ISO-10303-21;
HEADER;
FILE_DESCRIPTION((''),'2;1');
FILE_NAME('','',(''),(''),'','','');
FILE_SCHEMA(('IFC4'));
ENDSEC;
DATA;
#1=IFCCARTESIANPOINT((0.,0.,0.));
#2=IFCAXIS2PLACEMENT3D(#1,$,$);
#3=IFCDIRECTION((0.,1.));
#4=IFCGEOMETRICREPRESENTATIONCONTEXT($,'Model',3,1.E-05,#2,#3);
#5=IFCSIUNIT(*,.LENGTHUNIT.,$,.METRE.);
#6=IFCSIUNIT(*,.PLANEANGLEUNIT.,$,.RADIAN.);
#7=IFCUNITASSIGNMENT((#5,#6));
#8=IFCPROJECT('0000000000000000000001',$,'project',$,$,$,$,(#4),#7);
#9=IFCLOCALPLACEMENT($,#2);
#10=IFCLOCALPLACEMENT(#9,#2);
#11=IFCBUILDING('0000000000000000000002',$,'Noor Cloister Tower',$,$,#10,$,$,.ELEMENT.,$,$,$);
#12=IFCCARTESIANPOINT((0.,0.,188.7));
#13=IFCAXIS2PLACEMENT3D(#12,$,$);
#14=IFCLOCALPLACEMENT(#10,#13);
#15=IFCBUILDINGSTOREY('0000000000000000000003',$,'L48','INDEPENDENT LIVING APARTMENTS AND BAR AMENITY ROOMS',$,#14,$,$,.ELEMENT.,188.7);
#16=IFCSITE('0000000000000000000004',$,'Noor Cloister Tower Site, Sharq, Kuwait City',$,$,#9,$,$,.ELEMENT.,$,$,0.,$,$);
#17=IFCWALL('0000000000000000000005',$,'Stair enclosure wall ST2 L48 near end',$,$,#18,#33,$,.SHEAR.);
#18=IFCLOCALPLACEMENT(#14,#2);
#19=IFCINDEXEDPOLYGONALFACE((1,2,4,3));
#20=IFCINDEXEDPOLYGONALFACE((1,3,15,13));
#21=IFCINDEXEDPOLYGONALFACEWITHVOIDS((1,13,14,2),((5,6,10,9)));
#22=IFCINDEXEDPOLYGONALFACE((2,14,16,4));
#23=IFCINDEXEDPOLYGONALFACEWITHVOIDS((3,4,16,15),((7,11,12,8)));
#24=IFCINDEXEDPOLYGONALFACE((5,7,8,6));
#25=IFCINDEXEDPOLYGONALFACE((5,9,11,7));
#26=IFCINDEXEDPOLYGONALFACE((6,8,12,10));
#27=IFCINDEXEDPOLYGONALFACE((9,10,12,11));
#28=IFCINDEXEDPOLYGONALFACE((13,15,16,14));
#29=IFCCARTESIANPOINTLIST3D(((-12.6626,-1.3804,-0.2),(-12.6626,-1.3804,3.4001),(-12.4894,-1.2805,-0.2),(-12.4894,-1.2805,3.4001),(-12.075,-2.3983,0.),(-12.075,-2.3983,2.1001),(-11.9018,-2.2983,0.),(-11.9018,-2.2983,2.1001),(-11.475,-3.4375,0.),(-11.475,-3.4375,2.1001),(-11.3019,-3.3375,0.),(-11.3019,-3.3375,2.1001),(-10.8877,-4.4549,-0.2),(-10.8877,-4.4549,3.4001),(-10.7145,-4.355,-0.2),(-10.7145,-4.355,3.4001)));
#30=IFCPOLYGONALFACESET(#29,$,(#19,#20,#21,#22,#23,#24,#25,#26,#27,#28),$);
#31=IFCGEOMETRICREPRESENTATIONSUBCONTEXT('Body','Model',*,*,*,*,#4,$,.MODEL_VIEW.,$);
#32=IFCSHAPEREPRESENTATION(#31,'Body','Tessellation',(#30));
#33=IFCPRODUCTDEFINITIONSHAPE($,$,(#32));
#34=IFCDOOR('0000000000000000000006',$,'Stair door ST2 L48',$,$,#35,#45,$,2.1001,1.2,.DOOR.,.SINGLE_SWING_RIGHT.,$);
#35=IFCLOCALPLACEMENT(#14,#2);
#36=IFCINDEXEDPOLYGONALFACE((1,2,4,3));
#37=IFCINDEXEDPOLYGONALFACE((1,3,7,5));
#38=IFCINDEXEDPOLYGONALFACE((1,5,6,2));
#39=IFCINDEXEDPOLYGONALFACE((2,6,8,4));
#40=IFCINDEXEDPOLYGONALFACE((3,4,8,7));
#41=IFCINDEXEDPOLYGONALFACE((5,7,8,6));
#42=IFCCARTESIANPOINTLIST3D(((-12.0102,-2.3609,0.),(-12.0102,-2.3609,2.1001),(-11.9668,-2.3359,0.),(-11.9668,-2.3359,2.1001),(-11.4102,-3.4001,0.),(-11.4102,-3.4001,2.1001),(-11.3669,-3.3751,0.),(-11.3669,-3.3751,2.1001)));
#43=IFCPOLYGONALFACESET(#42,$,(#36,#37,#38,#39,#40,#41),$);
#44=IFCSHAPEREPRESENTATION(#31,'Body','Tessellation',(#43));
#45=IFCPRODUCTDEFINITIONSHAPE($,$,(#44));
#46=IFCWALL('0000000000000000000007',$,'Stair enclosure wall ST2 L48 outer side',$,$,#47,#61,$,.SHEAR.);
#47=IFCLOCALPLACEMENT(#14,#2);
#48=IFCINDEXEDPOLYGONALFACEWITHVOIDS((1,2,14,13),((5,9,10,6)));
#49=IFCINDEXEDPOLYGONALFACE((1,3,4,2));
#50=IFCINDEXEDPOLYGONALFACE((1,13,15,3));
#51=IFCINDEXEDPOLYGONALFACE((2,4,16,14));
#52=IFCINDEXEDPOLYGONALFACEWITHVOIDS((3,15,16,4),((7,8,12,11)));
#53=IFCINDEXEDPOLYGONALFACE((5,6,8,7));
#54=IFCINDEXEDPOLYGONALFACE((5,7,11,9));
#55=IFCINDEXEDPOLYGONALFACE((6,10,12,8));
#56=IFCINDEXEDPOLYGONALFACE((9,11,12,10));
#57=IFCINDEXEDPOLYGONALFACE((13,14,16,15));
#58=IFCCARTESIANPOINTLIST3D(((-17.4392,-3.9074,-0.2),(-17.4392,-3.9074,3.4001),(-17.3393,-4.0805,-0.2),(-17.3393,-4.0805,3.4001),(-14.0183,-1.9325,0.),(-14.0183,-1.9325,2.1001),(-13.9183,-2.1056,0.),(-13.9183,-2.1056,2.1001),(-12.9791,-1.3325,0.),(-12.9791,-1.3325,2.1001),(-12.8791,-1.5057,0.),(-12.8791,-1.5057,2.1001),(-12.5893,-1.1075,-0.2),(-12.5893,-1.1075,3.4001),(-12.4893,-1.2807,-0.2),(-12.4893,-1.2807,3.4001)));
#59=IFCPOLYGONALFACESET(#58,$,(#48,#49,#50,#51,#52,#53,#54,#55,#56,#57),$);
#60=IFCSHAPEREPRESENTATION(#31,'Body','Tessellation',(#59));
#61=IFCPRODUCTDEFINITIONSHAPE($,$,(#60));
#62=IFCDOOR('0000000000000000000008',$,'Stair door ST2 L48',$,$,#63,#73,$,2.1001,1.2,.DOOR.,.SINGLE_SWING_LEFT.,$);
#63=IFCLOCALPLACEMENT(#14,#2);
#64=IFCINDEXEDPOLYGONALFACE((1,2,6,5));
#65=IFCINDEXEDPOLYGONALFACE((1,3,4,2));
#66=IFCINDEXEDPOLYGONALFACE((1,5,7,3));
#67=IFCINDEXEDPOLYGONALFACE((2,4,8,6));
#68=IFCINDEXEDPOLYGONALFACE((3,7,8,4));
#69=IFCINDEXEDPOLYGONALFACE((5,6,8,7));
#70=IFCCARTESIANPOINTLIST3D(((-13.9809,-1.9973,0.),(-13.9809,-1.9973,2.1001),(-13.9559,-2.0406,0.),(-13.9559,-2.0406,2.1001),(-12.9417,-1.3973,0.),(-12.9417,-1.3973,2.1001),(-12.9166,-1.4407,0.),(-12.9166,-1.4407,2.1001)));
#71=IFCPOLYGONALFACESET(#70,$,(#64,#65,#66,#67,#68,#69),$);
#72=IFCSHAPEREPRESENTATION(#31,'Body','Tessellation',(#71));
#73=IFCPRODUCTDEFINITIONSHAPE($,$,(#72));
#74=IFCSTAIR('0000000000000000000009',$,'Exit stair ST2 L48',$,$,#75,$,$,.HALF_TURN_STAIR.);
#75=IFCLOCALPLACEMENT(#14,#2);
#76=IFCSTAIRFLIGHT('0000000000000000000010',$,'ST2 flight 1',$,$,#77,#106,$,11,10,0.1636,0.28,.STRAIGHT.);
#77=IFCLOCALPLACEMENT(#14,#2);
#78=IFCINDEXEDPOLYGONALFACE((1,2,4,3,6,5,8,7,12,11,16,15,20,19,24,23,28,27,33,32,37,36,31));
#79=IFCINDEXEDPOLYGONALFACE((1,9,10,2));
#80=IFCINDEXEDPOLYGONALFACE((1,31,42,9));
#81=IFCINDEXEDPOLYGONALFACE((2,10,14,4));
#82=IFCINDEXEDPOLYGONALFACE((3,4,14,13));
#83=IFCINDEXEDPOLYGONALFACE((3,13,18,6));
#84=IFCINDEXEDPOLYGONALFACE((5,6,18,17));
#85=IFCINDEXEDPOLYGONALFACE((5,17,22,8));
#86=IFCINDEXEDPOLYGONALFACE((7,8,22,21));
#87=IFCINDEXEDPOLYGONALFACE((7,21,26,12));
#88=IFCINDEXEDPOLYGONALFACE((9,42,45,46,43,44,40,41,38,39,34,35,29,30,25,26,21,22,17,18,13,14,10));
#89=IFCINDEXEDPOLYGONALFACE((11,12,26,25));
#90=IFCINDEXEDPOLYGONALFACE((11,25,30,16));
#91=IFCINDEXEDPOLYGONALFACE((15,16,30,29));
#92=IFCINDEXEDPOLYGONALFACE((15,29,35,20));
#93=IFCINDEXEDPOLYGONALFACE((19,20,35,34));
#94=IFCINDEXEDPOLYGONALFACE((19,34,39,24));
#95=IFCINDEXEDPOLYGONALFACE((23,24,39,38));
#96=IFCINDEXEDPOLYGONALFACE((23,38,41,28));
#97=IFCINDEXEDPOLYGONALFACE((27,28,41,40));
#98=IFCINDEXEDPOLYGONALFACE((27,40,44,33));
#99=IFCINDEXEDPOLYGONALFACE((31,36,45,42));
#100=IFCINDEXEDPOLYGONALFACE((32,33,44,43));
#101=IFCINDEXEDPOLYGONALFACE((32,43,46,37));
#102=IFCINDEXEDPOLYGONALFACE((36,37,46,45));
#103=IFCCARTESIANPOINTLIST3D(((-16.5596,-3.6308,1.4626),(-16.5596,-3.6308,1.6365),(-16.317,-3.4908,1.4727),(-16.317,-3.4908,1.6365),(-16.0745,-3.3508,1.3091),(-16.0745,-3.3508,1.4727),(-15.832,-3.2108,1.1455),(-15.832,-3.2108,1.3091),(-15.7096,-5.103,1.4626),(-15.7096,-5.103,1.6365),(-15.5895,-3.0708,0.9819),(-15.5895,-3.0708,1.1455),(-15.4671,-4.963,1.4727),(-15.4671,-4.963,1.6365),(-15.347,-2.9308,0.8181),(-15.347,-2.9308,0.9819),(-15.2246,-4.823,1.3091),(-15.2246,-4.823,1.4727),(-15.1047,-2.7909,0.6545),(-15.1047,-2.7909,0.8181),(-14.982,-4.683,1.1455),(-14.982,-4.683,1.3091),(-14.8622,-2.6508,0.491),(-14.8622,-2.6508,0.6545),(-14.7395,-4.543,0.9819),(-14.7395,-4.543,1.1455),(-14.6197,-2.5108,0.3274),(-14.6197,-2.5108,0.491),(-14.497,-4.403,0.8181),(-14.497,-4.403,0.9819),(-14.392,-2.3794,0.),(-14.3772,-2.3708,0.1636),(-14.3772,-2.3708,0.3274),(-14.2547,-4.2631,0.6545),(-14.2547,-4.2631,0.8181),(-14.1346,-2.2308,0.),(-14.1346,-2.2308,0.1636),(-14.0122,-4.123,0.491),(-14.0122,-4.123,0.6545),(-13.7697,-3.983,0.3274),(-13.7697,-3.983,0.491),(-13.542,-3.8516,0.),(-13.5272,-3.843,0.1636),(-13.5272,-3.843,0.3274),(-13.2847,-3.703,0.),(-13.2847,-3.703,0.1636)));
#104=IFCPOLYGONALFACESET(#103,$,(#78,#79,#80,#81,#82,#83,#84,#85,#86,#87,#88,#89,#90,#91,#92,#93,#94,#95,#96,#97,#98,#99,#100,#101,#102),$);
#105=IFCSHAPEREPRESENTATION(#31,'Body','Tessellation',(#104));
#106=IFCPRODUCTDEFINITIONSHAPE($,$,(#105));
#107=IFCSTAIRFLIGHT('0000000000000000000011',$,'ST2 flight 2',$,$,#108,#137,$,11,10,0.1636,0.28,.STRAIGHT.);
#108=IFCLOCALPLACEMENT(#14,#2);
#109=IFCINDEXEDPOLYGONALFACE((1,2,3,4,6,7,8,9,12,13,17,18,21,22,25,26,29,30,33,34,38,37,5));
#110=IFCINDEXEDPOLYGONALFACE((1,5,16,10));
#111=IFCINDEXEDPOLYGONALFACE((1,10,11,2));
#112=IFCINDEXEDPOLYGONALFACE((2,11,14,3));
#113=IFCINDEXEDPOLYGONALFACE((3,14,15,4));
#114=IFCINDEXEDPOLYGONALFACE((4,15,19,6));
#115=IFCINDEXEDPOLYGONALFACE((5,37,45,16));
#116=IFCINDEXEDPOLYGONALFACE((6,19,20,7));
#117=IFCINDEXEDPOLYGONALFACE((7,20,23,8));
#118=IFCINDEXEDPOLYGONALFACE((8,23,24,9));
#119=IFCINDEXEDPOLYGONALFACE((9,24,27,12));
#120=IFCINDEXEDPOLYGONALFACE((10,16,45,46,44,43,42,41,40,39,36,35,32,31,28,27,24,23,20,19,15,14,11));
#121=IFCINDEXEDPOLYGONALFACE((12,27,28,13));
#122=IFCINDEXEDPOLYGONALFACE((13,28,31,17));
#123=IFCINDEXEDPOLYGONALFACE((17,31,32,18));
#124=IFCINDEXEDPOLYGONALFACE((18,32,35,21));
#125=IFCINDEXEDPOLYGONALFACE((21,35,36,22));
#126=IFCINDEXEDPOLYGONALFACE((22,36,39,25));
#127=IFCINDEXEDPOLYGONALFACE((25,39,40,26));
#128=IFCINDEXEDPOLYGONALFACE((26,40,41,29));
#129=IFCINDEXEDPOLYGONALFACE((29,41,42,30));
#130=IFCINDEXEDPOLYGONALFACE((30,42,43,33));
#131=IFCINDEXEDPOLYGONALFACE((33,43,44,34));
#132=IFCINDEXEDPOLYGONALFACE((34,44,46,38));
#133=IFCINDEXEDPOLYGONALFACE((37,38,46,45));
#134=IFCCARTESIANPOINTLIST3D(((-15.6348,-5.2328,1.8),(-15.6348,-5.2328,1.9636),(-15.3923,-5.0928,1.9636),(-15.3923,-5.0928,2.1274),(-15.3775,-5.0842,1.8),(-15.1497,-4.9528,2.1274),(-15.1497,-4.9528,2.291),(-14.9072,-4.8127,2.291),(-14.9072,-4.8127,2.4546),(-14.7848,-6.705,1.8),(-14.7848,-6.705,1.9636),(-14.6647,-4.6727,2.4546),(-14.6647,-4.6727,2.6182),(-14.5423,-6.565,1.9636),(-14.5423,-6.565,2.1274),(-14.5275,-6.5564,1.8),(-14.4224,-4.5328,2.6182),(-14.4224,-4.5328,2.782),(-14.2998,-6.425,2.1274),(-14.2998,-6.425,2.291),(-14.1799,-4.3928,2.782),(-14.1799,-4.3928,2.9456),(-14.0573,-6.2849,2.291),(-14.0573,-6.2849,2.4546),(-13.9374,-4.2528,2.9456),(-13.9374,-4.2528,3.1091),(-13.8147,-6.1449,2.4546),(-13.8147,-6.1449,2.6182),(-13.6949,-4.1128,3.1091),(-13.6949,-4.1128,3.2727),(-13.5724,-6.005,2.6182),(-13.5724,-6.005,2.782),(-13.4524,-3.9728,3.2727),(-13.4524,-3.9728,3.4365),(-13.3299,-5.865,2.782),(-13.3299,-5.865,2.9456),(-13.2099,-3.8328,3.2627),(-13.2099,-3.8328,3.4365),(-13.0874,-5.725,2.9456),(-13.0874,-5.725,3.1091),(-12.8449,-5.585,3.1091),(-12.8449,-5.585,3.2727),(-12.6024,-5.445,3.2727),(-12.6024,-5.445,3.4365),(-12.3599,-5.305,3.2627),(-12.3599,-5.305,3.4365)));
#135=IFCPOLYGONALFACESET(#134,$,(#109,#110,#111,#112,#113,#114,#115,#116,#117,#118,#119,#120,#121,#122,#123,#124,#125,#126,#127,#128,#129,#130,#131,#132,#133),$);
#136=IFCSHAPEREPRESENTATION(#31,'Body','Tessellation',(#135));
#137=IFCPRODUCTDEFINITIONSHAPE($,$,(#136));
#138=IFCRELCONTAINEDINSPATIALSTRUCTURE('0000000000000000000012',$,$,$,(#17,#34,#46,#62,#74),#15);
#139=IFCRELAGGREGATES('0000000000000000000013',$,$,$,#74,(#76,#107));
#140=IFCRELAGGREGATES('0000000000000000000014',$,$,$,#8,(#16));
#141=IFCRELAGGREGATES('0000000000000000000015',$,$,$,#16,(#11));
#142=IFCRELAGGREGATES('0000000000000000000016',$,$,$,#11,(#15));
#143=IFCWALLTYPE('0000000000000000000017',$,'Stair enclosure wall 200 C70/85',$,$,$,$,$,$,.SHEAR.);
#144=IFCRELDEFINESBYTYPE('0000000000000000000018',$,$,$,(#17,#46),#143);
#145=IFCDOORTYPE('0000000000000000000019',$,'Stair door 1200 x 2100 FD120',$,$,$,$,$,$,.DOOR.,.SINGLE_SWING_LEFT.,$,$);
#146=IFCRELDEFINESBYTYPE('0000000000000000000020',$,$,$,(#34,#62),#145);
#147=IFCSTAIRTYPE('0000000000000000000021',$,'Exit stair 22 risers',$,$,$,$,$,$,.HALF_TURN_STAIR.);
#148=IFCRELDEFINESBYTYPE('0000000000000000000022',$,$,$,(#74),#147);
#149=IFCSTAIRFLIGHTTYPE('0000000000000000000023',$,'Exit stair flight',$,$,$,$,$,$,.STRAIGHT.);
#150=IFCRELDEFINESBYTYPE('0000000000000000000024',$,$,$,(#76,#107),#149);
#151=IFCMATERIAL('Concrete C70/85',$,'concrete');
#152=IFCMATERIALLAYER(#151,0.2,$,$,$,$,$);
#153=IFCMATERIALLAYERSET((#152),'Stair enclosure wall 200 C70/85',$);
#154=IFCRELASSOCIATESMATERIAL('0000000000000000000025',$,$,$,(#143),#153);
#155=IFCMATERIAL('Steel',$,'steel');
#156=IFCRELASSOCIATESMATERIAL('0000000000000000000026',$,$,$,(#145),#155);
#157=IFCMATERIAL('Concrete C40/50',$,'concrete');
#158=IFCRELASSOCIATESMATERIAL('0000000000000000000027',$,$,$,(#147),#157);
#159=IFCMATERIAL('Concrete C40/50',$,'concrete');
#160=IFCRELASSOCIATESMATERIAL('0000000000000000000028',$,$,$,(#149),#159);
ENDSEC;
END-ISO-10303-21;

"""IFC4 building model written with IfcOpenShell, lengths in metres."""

from ifc_helpers import new_model, si_unit, direction, frame, frame_2d, origin, place, context, subcontext, project, spatial, polyline, rectangle, outline, extrude, material, layer, layer_set, type_object, element, fill, aggregate, save


model = new_model("IFC4")

# Units and contexts
model_context = context("Model", 3, precision=1e-05, world=origin(), true_north=direction((0.0, 1.0)))
body_context = subcontext(model_context, "Body", "Model", "MODEL_VIEW")
ifc_project = project(units=[si_unit("LENGTHUNIT", "METRE"), si_unit("PLANEANGLEUNIT", "RADIAN")], contexts=[model_context])

# Site, building, storey
site_placement = place(None, origin())
site = spatial("IfcSite", under=ifc_project, at=site_placement, Name="Noor Cloister Tower Site, Sharq, Kuwait City", CompositionType="ELEMENT", RefElevation=0.0)
building_placement = place(site_placement, origin())
building = spatial("IfcBuilding", under=site, at=building_placement, Name="Noor Cloister Tower", CompositionType="ELEMENT")
storey_placement = place(building_placement, frame((0.0, 0.0, 188.7)))
storey = spatial("IfcBuildingStorey", under=building, at=storey_placement, Name="L48", Description="INDEPENDENT LIVING APARTMENTS AND BAR AMENITY ROOMS", CompositionType="ELEMENT", Elevation=188.7)

# Walls, openings, doors
ifc_material_1 = material(Name="Concrete C70/85", Category="concrete")
ifc_layer_1 = layer(ifc_material_1, 0.2)
ifc_layer_set_1 = layer_set([ifc_layer_1], Name="Stair enclosure wall 200 C70/85")
wall_type_1 = type_object("IfcWallType", Name="Stair enclosure wall 200 C70/85", PredefinedType="SHEAR", material=ifc_layer_set_1)
wall_1_placement = place(storey_placement, frame((-12.5759, -1.3306, -0.2), z_axis=(0.0, 0.0, 1.0), x_axis=(0.49997, -0.866042, 0.0)))
wall_1 = element("IfcWall", 1, at=wall_1_placement, inside=storey, type_object=wall_type_1, Name="Stair enclosure wall ST2 L48 near end", PredefinedType="SHEAR", context=body_context, shape_type="SweptSolid", body=[
    extrude(rectangle(XDim=3.55, YDim=0.2, at=frame_2d((1.7749, 0.0))), origin(), (0.0, 0.0, 1.0), 3.6001),
])
opening_1_placement = place(wall_1_placement, frame((1.175, 0.0, 0.2)))
opening_1 = element("IfcOpeningElement", 2, at=opening_1_placement, cuts=wall_1, PredefinedType="OPENING", context=body_context, shape_type="SweptSolid", body=[
    extrude(rectangle(XDim=1.2, YDim=2.1001, at=frame_2d((0.6001, 1.05))), frame((0.0, 0.1099, 0.0), z_axis=(0.0, -1.0, 0.0), x_axis=(1.0, 0.0, 0.0)), (0.0, 0.0, 1.0), 0.22),
])
ifc_material_2 = material(Name="Steel", Category="steel")
door_type_1 = type_object("IfcDoorType", Name="Stair door 1200 x 2100 FD120", OperationType="SINGLE_SWING_LEFT", PredefinedType="DOOR", material=ifc_material_2)
door_1_placement = place(opening_1_placement, origin())
door_1 = element("IfcDoor", 3, at=door_1_placement, inside=storey, type_object=door_type_1, Name="Stair door ST2 L48", OperationType="SINGLE_SWING_RIGHT", OverallHeight=2.1001, OverallWidth=1.2, PredefinedType="DOOR", context=body_context, shape_type="SweptSolid", body=[
    extrude(rectangle(XDim=1.2, YDim=2.1001, at=frame_2d((0.6001, 1.05))), frame((0.0, 0.0249, 0.0), z_axis=(0.0, -1.0, 0.0), x_axis=(1.0, 0.0, 0.0)), (0.0, 0.0, 1.0), 0.05),
])
fill(opening_1, door_1)
wall_2_placement = place(storey_placement, frame((-12.5393, -1.1941, -0.2), z_axis=(0.0, 0.0, 1.0), x_axis=(-0.866045, -0.499965, 0.0)))
wall_2 = element("IfcWall", 4, at=wall_2_placement, inside=storey, type_object=wall_type_1, Name="Stair enclosure wall ST2 L48 outer side", PredefinedType="SHEAR", context=body_context, shape_type="SweptSolid", body=[
    extrude(rectangle(XDim=5.6001, YDim=0.2, at=frame_2d((2.8, 0.0))), origin(), (0.0, 0.0, 1.0), 3.6001),
])
opening_2_placement = place(wall_2_placement, frame((0.45, 0.0, 0.2)))
opening_2 = element("IfcOpeningElement", 5, at=opening_2_placement, cuts=wall_2, PredefinedType="OPENING", context=body_context, shape_type="SweptSolid", body=[
    extrude(rectangle(XDim=1.2, YDim=2.1001, at=frame_2d((0.6001, 1.05))), frame((0.0, 0.1099, 0.0), z_axis=(0.0, -1.0, 0.0), x_axis=(1.0, 0.0, 0.0)), (0.0, 0.0, 1.0), 0.22),
])
door_2_placement = place(opening_2_placement, origin())
door_2 = element("IfcDoor", 6, at=door_2_placement, inside=storey, type_object=door_type_1, Name="Stair door ST2 L48", OperationType="SINGLE_SWING_LEFT", OverallHeight=2.1001, OverallWidth=1.2, PredefinedType="DOOR", context=body_context, shape_type="SweptSolid", body=[
    extrude(rectangle(XDim=1.2, YDim=2.1001, at=frame_2d((0.6001, 1.05))), frame((0.0, 0.0249, 0.0), z_axis=(0.0, -1.0, 0.0), x_axis=(1.0, 0.0, 0.0)), (0.0, 0.0, 1.0), 0.05),
])
fill(opening_2, door_2)

# Stair, stair flights
ifc_material_3 = material(Name="Concrete C40/50", Category="concrete")
stair_type = type_object("IfcStairType", Name="Exit stair 22 risers", PredefinedType="HALF_TURN_STAIR", material=ifc_material_3)
stair_placement = place(storey_placement, origin())
stair = element("IfcStair", 7, at=stair_placement, inside=storey, type_object=stair_type, Name="Exit stair ST2 L48", PredefinedType="HALF_TURN_STAIR")
ifc_material_4 = material(Name="Concrete C40/50", Category="concrete")
stair_flight_type = type_object("IfcStairFlightType", Name="Exit stair flight", PredefinedType="STRAIGHT", material=ifc_material_4)
stair_flight_1_placement = place(storey_placement, frame((-13.7097, -2.9668, 0.0), z_axis=(0.0, 0.0, 1.0), x_axis=(-0.866025, -0.5, 0.0)))
stair_flight_1 = element("IfcStairFlight", 8, at=stair_flight_1_placement, type_object=stair_flight_type, Name="ST2 flight 1", NumberOfRisers=11, NumberOfTreads=10, PredefinedType="STRAIGHT", RiserHeight=0.1636, TreadLength=0.28, context=body_context, shape_type="SweptSolid", body=[
    extrude(outline(polyline([(0.0, 0.0), (0.0, 0.1636), (0.28, 0.1636), (0.28, 0.3274), (0.5601, 0.3274), (0.5601, 0.491), (0.8401, 0.491), (0.8401, 0.6545), (1.1201, 0.6545), (1.1201, 0.8181), (1.3999, 0.8181), (1.3999, 0.9819), (1.6799, 0.9819), (1.6799, 1.1455), (1.96, 1.1455), (1.96, 1.3091), (2.24, 1.3091), (2.24, 1.4727), (2.52, 1.4727), (2.52, 1.6365), (2.8, 1.6365), (2.8, 1.8), (2.8, 1.4626), (0.2971, 0.0), (0.0, 0.0)])), frame((0.0, 0.8501, 0.0), z_axis=(0.0, -1.0, 0.0), x_axis=(1.0, 0.0, 0.0)), (0.0, 0.0, 1.0), 1.7),
])
stair_flight_2_placement = place(storey_placement, frame((-15.2097, -5.969, 1.8), z_axis=(0.0, 0.0, 1.0), x_axis=(0.866025, 0.5, 0.0)))
stair_flight_2 = element("IfcStairFlight", 9, at=stair_flight_2_placement, type_object=stair_flight_type, Name="ST2 flight 2", NumberOfRisers=11, NumberOfTreads=10, PredefinedType="STRAIGHT", RiserHeight=0.1636, TreadLength=0.28, context=body_context, shape_type="SweptSolid", body=[
    extrude(outline(polyline([(0.0, 0.0), (0.0, 0.1636), (0.28, 0.1636), (0.28, 0.3274), (0.5601, 0.3274), (0.5601, 0.491), (0.8401, 0.491), (0.8401, 0.6545), (1.1201, 0.6545), (1.1201, 0.8181), (1.3999, 0.8181), (1.3999, 0.9819), (1.6799, 0.9819), (1.6799, 1.1455), (1.96, 1.1455), (1.96, 1.3091), (2.24, 1.3091), (2.24, 1.4727), (2.52, 1.4727), (2.52, 1.6365), (2.8, 1.6365), (2.8, 1.8), (2.8, 1.4626), (0.2971, 0.0), (0.0, 0.0)])), frame((0.0, 0.8501, 0.0), z_axis=(0.0, -1.0, 0.0), x_axis=(1.0, 0.0, 0.0)), (0.0, 0.0, 1.0), 1.7),
])
aggregate(stair, [stair_flight_1, stair_flight_2])

save(model, "model.ifc")
